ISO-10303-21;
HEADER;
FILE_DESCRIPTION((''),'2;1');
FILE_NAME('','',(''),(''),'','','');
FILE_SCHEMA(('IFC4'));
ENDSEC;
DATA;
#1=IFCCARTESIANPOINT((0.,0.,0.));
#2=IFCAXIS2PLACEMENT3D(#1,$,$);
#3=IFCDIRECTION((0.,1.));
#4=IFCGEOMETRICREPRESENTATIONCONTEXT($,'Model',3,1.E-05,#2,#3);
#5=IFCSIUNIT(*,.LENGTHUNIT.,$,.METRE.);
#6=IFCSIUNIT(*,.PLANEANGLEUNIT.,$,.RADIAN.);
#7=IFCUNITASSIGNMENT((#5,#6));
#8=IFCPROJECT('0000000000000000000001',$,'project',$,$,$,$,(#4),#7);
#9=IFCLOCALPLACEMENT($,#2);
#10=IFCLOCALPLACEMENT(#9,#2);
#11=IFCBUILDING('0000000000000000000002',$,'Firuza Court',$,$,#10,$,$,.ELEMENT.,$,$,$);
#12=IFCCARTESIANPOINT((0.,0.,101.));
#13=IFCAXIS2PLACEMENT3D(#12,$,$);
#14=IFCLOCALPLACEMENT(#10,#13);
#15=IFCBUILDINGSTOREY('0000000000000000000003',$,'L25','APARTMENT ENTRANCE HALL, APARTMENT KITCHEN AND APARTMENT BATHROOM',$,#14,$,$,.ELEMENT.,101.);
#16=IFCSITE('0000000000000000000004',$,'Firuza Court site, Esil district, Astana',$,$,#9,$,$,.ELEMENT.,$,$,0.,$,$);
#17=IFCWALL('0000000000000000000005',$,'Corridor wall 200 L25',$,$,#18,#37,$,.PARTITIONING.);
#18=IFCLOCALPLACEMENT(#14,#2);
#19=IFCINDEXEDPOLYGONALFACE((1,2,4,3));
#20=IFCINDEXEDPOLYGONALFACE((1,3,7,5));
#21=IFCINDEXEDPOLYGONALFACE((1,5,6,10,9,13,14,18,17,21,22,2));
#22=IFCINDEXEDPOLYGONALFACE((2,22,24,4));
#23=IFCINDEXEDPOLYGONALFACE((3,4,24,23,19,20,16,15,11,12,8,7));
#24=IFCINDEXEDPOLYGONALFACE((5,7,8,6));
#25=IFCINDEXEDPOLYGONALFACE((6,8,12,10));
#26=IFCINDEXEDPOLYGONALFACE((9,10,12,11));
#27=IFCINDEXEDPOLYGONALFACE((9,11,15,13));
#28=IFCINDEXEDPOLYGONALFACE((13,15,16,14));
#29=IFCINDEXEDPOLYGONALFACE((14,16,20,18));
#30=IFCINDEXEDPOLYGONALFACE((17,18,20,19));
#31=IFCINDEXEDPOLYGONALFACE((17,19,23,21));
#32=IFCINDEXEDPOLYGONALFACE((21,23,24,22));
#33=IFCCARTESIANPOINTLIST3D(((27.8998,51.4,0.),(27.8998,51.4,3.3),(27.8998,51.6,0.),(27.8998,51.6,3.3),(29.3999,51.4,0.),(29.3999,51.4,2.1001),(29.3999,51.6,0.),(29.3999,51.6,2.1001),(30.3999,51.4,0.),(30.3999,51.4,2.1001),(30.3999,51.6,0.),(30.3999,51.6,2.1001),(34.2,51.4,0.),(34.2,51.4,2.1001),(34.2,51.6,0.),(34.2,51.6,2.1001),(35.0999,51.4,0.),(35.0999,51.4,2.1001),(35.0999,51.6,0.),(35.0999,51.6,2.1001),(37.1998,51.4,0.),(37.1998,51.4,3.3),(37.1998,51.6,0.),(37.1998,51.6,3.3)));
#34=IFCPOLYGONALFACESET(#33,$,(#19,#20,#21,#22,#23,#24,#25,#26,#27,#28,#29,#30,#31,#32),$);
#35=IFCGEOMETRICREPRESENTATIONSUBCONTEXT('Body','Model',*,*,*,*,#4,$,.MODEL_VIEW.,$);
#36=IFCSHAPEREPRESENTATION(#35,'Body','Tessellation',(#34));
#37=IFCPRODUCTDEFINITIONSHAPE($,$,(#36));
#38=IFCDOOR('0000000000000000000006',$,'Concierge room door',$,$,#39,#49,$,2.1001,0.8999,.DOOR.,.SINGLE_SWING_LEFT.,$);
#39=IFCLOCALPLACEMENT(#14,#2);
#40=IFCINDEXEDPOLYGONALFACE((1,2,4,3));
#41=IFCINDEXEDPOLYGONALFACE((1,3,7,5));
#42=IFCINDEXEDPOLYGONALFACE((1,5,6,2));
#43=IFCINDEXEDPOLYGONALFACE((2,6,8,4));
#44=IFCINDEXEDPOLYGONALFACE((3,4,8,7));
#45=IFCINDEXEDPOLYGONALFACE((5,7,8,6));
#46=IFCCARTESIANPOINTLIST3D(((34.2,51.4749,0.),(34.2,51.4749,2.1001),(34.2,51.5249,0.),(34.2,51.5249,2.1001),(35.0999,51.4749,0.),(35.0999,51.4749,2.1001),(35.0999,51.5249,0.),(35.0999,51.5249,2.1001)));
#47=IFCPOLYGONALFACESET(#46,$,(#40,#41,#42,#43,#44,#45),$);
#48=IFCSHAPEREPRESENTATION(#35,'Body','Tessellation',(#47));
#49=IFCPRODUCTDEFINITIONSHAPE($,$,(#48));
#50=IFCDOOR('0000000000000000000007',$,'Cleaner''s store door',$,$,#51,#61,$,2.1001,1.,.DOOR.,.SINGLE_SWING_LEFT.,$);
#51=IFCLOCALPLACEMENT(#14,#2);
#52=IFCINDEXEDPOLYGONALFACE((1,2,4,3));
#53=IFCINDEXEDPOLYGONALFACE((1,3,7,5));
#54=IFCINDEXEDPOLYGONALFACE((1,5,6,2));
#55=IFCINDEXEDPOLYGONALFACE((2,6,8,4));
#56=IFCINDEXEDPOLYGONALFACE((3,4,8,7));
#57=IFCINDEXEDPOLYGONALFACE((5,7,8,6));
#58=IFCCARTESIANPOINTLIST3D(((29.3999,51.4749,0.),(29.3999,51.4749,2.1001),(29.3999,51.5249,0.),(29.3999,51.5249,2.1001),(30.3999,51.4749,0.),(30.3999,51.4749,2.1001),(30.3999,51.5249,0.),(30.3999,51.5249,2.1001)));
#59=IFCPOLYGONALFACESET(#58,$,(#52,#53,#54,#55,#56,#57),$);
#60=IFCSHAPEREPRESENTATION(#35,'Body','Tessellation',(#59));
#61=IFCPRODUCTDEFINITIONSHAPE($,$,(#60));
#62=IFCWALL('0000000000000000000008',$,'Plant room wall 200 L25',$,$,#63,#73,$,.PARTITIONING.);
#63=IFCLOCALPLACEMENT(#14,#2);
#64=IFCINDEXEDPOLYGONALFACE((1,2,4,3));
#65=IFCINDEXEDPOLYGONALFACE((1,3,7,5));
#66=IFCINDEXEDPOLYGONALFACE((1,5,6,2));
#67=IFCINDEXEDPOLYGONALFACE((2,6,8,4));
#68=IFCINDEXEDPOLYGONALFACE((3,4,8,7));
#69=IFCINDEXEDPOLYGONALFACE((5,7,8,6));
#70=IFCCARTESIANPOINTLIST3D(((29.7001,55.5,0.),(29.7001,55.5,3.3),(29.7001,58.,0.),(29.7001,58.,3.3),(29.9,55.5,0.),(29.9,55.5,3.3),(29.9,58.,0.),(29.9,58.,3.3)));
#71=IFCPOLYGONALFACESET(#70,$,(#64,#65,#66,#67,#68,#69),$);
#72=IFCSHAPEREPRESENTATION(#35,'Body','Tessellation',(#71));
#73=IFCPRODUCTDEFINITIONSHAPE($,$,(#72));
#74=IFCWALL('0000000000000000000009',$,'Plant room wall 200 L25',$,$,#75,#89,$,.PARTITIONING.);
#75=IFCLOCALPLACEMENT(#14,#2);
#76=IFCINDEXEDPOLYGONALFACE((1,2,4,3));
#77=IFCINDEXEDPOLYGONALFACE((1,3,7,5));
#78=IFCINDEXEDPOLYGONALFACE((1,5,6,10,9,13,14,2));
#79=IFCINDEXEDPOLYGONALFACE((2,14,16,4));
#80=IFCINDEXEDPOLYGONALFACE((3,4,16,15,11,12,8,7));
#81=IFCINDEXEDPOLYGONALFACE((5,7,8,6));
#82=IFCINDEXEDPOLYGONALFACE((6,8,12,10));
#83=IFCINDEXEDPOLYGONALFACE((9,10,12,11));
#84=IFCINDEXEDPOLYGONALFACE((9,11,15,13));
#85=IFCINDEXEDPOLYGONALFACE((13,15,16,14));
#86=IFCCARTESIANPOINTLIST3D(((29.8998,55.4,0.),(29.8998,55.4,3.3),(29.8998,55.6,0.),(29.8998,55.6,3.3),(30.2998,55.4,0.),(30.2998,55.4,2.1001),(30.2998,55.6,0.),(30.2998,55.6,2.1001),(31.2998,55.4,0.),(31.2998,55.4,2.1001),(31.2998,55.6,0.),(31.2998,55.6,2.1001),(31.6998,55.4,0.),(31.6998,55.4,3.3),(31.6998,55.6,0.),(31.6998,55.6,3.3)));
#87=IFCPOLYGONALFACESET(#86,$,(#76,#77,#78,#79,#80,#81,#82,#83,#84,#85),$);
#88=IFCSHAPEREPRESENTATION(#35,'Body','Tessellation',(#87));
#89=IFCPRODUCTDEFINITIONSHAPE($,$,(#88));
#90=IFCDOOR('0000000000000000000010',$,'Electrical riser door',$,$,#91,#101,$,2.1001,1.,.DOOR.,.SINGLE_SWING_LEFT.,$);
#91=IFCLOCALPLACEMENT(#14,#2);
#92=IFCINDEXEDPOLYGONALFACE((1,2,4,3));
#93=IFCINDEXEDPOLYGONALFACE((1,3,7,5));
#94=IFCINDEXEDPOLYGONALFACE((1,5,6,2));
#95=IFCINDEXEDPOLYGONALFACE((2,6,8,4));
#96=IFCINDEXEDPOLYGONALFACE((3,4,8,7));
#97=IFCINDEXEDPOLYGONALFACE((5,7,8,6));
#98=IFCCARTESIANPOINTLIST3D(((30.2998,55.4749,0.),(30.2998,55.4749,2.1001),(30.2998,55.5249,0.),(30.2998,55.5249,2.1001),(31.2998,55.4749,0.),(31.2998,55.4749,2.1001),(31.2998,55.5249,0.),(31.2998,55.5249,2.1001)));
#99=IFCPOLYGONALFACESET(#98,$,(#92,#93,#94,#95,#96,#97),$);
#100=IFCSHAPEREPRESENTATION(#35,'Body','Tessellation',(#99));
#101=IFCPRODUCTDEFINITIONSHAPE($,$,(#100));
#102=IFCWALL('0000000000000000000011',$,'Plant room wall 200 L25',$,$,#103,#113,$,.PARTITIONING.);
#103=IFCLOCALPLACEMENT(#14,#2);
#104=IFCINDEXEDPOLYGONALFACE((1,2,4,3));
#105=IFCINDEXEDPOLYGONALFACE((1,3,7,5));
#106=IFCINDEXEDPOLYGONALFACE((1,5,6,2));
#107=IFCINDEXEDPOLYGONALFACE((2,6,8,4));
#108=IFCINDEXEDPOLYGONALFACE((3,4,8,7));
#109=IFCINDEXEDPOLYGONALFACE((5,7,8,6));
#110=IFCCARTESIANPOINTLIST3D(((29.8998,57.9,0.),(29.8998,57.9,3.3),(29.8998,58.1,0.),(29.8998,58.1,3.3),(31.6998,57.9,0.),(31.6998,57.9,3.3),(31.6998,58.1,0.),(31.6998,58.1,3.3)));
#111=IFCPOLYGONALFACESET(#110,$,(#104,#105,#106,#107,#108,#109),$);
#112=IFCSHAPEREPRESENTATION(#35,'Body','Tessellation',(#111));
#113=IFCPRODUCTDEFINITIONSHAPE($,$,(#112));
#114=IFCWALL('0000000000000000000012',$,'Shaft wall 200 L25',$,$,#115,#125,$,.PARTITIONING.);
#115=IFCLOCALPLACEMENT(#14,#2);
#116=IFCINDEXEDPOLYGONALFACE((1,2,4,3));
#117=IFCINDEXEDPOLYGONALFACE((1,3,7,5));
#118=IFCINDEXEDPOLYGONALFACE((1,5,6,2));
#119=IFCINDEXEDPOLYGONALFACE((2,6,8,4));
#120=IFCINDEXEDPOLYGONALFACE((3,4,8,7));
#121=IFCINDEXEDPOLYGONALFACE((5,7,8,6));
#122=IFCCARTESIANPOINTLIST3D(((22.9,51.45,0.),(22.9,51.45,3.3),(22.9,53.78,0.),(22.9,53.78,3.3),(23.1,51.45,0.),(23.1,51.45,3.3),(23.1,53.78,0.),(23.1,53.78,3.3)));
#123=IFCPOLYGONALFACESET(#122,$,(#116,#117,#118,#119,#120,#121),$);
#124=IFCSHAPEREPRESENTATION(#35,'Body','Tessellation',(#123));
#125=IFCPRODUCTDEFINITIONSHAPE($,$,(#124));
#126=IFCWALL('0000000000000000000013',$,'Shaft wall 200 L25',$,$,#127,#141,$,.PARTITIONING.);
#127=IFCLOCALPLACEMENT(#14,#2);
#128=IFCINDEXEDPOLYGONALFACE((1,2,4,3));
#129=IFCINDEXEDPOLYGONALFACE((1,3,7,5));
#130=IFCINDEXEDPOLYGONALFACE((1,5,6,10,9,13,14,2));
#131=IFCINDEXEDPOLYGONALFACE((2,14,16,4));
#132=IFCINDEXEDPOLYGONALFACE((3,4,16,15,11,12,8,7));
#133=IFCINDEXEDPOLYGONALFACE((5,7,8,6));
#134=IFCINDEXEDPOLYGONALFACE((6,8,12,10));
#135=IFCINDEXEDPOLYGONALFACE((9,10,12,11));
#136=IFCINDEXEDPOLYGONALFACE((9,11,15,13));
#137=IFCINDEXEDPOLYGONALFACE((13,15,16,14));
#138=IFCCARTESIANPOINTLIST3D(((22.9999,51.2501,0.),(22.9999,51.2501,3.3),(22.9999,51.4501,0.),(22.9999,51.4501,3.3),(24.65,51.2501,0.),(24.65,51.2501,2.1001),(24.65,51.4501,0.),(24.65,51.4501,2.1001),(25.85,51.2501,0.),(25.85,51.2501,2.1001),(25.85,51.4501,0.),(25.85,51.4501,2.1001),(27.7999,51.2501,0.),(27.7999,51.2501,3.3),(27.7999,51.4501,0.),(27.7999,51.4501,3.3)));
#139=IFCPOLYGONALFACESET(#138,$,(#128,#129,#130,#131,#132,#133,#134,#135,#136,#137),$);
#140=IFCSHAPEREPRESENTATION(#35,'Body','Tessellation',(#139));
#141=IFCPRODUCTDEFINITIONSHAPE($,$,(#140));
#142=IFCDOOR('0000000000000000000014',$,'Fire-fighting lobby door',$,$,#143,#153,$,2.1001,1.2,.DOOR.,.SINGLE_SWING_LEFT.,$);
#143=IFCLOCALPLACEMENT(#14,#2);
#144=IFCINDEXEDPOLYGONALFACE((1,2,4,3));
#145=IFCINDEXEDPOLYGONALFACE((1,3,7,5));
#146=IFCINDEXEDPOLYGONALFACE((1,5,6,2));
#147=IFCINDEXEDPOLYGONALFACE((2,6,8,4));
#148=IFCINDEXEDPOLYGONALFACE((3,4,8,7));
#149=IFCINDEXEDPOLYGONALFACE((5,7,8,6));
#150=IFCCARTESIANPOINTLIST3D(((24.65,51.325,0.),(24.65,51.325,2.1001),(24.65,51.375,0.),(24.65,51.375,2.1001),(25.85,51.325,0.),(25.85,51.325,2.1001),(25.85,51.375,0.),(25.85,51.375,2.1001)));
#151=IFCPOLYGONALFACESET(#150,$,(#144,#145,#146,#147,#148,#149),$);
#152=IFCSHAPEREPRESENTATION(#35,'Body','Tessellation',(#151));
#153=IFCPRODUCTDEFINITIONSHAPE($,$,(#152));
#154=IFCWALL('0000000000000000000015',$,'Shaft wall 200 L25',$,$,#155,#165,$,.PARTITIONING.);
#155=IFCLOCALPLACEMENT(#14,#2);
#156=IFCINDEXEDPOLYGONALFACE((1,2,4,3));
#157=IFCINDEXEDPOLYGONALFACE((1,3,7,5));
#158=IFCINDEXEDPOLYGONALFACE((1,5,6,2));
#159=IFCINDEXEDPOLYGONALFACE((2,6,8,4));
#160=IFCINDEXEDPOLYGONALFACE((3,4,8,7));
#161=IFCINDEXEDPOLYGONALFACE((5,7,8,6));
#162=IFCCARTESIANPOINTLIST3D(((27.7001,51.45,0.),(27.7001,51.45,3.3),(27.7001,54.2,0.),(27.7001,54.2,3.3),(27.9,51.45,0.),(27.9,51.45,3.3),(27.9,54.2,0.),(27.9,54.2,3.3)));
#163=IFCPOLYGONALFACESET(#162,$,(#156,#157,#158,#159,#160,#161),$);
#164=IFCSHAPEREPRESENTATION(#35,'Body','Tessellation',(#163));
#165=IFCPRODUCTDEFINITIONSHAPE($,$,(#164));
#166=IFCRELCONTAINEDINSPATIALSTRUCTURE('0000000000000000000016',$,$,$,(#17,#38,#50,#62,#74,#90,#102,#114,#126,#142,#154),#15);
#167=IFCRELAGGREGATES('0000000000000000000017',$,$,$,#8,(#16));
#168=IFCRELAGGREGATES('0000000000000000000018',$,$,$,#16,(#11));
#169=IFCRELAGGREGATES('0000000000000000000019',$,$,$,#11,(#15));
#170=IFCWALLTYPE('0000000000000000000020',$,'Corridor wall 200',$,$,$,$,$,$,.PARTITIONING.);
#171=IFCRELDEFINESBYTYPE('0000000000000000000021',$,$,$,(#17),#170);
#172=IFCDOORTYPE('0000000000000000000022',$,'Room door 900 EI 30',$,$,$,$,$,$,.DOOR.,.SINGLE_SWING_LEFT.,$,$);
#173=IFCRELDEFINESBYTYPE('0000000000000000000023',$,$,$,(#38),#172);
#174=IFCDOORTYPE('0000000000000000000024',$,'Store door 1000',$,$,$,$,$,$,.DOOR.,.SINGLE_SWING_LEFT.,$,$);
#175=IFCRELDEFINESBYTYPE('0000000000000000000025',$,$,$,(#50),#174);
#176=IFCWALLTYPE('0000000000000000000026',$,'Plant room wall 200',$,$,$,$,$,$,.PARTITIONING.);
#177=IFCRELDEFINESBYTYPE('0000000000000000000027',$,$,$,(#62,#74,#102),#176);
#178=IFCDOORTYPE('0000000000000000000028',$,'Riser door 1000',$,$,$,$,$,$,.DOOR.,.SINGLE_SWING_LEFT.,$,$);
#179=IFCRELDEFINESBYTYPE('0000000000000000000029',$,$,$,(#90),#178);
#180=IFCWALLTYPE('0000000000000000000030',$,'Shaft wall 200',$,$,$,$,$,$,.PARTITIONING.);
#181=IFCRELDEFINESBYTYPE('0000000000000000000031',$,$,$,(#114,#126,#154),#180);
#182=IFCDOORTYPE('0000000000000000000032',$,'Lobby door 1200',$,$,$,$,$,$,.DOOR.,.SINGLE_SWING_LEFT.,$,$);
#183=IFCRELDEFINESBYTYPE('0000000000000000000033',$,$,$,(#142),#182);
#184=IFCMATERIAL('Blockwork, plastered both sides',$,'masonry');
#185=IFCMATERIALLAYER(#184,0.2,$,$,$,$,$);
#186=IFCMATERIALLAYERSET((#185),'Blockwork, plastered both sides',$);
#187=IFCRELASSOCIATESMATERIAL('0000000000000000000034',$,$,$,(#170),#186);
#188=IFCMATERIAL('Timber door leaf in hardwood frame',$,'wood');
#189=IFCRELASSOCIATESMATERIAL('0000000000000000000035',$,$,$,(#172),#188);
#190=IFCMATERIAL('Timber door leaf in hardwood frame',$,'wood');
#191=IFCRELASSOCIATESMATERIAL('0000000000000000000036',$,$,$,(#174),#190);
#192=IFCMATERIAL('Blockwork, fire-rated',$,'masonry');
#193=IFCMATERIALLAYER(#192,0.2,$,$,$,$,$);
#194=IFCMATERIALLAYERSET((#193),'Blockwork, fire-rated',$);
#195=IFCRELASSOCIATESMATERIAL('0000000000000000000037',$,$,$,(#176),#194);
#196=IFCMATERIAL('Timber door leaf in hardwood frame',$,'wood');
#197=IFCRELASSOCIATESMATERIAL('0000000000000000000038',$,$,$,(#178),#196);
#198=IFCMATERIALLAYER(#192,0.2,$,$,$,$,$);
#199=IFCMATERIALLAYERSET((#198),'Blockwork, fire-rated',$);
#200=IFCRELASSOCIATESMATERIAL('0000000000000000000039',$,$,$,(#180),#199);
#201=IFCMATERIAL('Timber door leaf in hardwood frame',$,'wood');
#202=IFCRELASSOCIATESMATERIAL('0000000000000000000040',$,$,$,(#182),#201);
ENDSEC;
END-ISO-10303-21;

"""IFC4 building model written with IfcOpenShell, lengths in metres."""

from ifc_helpers import new_model, si_unit, direction, frame, frame_2d, origin, place, context, subcontext, project, spatial, rectangle, extrude, material, layer, layer_set, type_object, element, fill, save


model = new_model("IFC4")

# Units and contexts
model_context = context("Model", 3, precision=1e-05, world=origin(), true_north=direction((0.0, 1.0)))
body_context = subcontext(model_context, "Body", "Model", "MODEL_VIEW")
ifc_project = project(units=[si_unit("LENGTHUNIT", "METRE"), si_unit("PLANEANGLEUNIT", "RADIAN")], contexts=[model_context])

# Site, building, storey
site_placement = place(None, origin())
site = spatial("IfcSite", under=ifc_project, at=site_placement, Name="Firuza Court site, Esil district, Astana", CompositionType="ELEMENT", RefElevation=0.0)
building_placement = place(site_placement, origin())
building = spatial("IfcBuilding", under=site, at=building_placement, Name="Firuza Court", CompositionType="ELEMENT")
storey_placement = place(building_placement, frame((0.0, 0.0, 101.0)))
storey = spatial("IfcBuildingStorey", under=building, at=storey_placement, Name="L25", Description="APARTMENT ENTRANCE HALL, APARTMENT KITCHEN AND APARTMENT BATHROOM", CompositionType="ELEMENT", Elevation=101.0)

# Wall, openings, doors
ifc_material_1 = material(Name="Blockwork, plastered both sides", Category="masonry")
ifc_layer_1 = layer(ifc_material_1, 0.2)
ifc_layer_set_1 = layer_set([ifc_layer_1], Name="Blockwork, plastered both sides")
wall_type_1 = type_object("IfcWallType", Name="Corridor wall 200", PredefinedType="PARTITIONING", material=ifc_layer_set_1)
wall_1_placement = place(storey_placement, frame((27.8999, 51.5, 0.0), z_axis=(0.0, 0.0, 1.0), x_axis=(1.0, 0.0, 0.0)))
wall_1 = element("IfcWall", 1, at=wall_1_placement, inside=storey, type_object=wall_type_1, Name="Corridor wall 200 L25", PredefinedType="PARTITIONING", context=body_context, shape_type="SweptSolid", body=[
    extrude(rectangle(XDim=9.3, YDim=0.2, at=frame_2d((4.6499, 0.0))), origin(), (0.0, 0.0, 1.0), 3.3),
])
opening_1_placement = place(wall_1_placement, frame((1.5, 0.0, 0.0)))
opening_1 = element("IfcOpeningElement", 2, at=opening_1_placement, cuts=wall_1, PredefinedType="OPENING", context=body_context, shape_type="SweptSolid", body=[
    extrude(rectangle(XDim=1.0, YDim=2.1001, at=frame_2d((0.5, 1.05))), frame((0.0, 0.1118, 0.0), z_axis=(0.0, -1.0, 0.0), x_axis=(1.0, 0.0, 0.0)), (0.0, 0.0, 1.0), 0.2239),
])
opening_2_placement = place(wall_1_placement, frame((6.3, 0.0, 0.0)))
opening_2 = element("IfcOpeningElement", 3, at=opening_2_placement, cuts=wall_1, PredefinedType="OPENING", context=body_context, shape_type="SweptSolid", body=[
    extrude(rectangle(XDim=0.8999, YDim=2.1001, at=frame_2d((0.45, 1.05))), frame((0.0, 0.1118, 0.0), z_axis=(0.0, -1.0, 0.0), x_axis=(1.0, 0.0, 0.0)), (0.0, 0.0, 1.0), 0.2239),
])
ifc_material_2 = material(Name="Timber door leaf in hardwood frame", Category="wood")
door_type_1 = type_object("IfcDoorType", Name="Room door 900 EI 30", OperationType="SINGLE_SWING_LEFT", PredefinedType="DOOR", material=ifc_material_2)
door_1_placement = place(opening_2_placement, origin())
door_1 = element("IfcDoor", 4, at=door_1_placement, inside=storey, type_object=door_type_1, Name="Concierge room door", OperationType="SINGLE_SWING_LEFT", OverallHeight=2.1001, OverallWidth=0.8999, PredefinedType="DOOR", context=body_context, shape_type="SweptSolid", body=[
    extrude(rectangle(XDim=0.8999, YDim=2.1001, at=frame_2d((0.45, 1.05))), frame((0.0, 0.0249, 0.0), z_axis=(0.0, -1.0, 0.0), x_axis=(1.0, 0.0, 0.0)), (0.0, 0.0, 1.0), 0.05),
])
fill(opening_2, door_1)
ifc_material_3 = material(Name="Timber door leaf in hardwood frame", Category="wood")
door_type_2 = type_object("IfcDoorType", Name="Store door 1000", OperationType="SINGLE_SWING_LEFT", PredefinedType="DOOR", material=ifc_material_3)
door_2_placement = place(opening_1_placement, origin())
door_2 = element("IfcDoor", 5, at=door_2_placement, inside=storey, type_object=door_type_2, Name="Cleaner's store door", OperationType="SINGLE_SWING_LEFT", OverallHeight=2.1001, OverallWidth=1.0, PredefinedType="DOOR", context=body_context, shape_type="SweptSolid", body=[
    extrude(rectangle(XDim=1.0, YDim=2.1001, at=frame_2d((0.5, 1.05))), frame((0.0, 0.0249, 0.0), z_axis=(0.0, -1.0, 0.0), x_axis=(1.0, 0.0, 0.0)), (0.0, 0.0, 1.0), 0.05),
])
fill(opening_1, door_2)

# Wall
ifc_material_4 = material(Name="Blockwork, fire-rated", Category="masonry")
ifc_layer_2 = layer(ifc_material_4, 0.2)
ifc_layer_set_2 = layer_set([ifc_layer_2], Name="Blockwork, fire-rated")
wall_type_2 = type_object("IfcWallType", Name="Plant room wall 200", PredefinedType="PARTITIONING", material=ifc_layer_set_2)
wall_2_placement = place(storey_placement, frame((29.8, 55.5, 0.0), z_axis=(0.0, 0.0, 1.0), x_axis=(0.0, 1.0, 0.0)))
element("IfcWall", 6, at=wall_2_placement, inside=storey, type_object=wall_type_2, Name="Plant room wall 200 L25", PredefinedType="PARTITIONING", context=body_context, shape_type="SweptSolid", body=[
    extrude(rectangle(XDim=2.5, YDim=0.2, at=frame_2d((1.25, 0.0))), origin(), (0.0, 0.0, 1.0), 3.3),
])

# Wall, opening, door
wall_3_placement = place(storey_placement, frame((29.8999, 55.5, 0.0), z_axis=(0.0, 0.0, 1.0), x_axis=(1.0, 0.0, 0.0)))
wall_3 = element("IfcWall", 7, at=wall_3_placement, inside=storey, type_object=wall_type_2, Name="Plant room wall 200 L25", PredefinedType="PARTITIONING", context=body_context, shape_type="SweptSolid", body=[
    extrude(rectangle(XDim=1.8, YDim=0.2, at=frame_2d((0.8999, 0.0))), origin(), (0.0, 0.0, 1.0), 3.3),
])
opening_3_placement = place(wall_3_placement, frame((0.3999, 0.0, 0.0)))
opening_3 = element("IfcOpeningElement", 8, at=opening_3_placement, cuts=wall_3, PredefinedType="OPENING", context=body_context, shape_type="SweptSolid", body=[
    extrude(rectangle(XDim=1.0, YDim=2.1001, at=frame_2d((0.5, 1.05))), frame((0.0, 0.1118, 0.0), z_axis=(0.0, -1.0, 0.0), x_axis=(1.0, 0.0, 0.0)), (0.0, 0.0, 1.0), 0.2239),
])
ifc_material_5 = material(Name="Timber door leaf in hardwood frame", Category="wood")
door_type_3 = type_object("IfcDoorType", Name="Riser door 1000", OperationType="SINGLE_SWING_LEFT", PredefinedType="DOOR", material=ifc_material_5)
door_3_placement = place(opening_3_placement, origin())
door_3 = element("IfcDoor", 9, at=door_3_placement, inside=storey, type_object=door_type_3, Name="Electrical riser door", OperationType="SINGLE_SWING_LEFT", OverallHeight=2.1001, OverallWidth=1.0, PredefinedType="DOOR", context=body_context, shape_type="SweptSolid", body=[
    extrude(rectangle(XDim=1.0, YDim=2.1001, at=frame_2d((0.5, 1.05))), frame((0.0, 0.0249, 0.0), z_axis=(0.0, -1.0, 0.0), x_axis=(1.0, 0.0, 0.0)), (0.0, 0.0, 1.0), 0.05),
])
fill(opening_3, door_3)

# Walls
wall_4_placement = place(storey_placement, frame((29.8999, 58.0, 0.0), z_axis=(0.0, 0.0, 1.0), x_axis=(1.0, 0.0, 0.0)))
element("IfcWall", 10, at=wall_4_placement, inside=storey, type_object=wall_type_2, Name="Plant room wall 200 L25", PredefinedType="PARTITIONING", context=body_context, shape_type="SweptSolid", body=[
    extrude(rectangle(XDim=1.8, YDim=0.2, at=frame_2d((0.8999, 0.0))), origin(), (0.0, 0.0, 1.0), 3.3),
])
ifc_layer_3 = layer(ifc_material_4, 0.2)
ifc_layer_set_3 = layer_set([ifc_layer_3], Name="Blockwork, fire-rated")
wall_type_3 = type_object("IfcWallType", Name="Shaft wall 200", PredefinedType="PARTITIONING", material=ifc_layer_set_3)
wall_5_placement = place(storey_placement, frame((23.0, 51.45, 0.0), z_axis=(0.0, 0.0, 1.0), x_axis=(0.0, 1.0, 0.0)))
element("IfcWall", 11, at=wall_5_placement, inside=storey, type_object=wall_type_3, Name="Shaft wall 200 L25", PredefinedType="PARTITIONING", context=body_context, shape_type="SweptSolid", body=[
    extrude(rectangle(XDim=2.3301, YDim=0.2, at=frame_2d((1.165, 0.0))), origin(), (0.0, 0.0, 1.0), 3.3),
])

# Wall, opening, door
wall_6_placement = place(storey_placement, frame((23.0, 51.3501, 0.0), z_axis=(0.0, 0.0, 1.0), x_axis=(1.0, 0.0, 0.0)))
wall_6 = element("IfcWall", 12, at=wall_6_placement, inside=storey, type_object=wall_type_3, Name="Shaft wall 200 L25", PredefinedType="PARTITIONING", context=body_context, shape_type="SweptSolid", body=[
    extrude(rectangle(XDim=4.8, YDim=0.2, at=frame_2d((2.3999, 0.0))), origin(), (0.0, 0.0, 1.0), 3.3),
])
opening_4_placement = place(wall_6_placement, frame((1.6499, 0.0, 0.0)))
opening_4 = element("IfcOpeningElement", 13, at=opening_4_placement, cuts=wall_6, PredefinedType="OPENING", context=body_context, shape_type="SweptSolid", body=[
    extrude(rectangle(XDim=1.2, YDim=2.1001, at=frame_2d((0.6001, 1.05))), frame((0.0, 0.1118, 0.0), z_axis=(0.0, -1.0, 0.0), x_axis=(1.0, 0.0, 0.0)), (0.0, 0.0, 1.0), 0.2239),
])
ifc_material_6 = material(Name="Timber door leaf in hardwood frame", Category="wood")
door_type_4 = type_object("IfcDoorType", Name="Lobby door 1200", OperationType="SINGLE_SWING_LEFT", PredefinedType="DOOR", material=ifc_material_6)
door_4_placement = place(opening_4_placement, origin())
door_4 = element("IfcDoor", 14, at=door_4_placement, inside=storey, type_object=door_type_4, Name="Fire-fighting lobby door", OperationType="SINGLE_SWING_LEFT", OverallHeight=2.1001, OverallWidth=1.2, PredefinedType="DOOR", context=body_context, shape_type="SweptSolid", body=[
    extrude(rectangle(XDim=1.2, YDim=2.1001, at=frame_2d((0.6001, 1.05))), frame((0.0, 0.0249, 0.0), z_axis=(0.0, -1.0, 0.0), x_axis=(1.0, 0.0, 0.0)), (0.0, 0.0, 1.0), 0.05),
])
fill(opening_4, door_4)

# Wall
wall_7_placement = place(storey_placement, frame((27.8, 51.45, 0.0), z_axis=(0.0, 0.0, 1.0), x_axis=(0.0, 1.0, 0.0)))
element("IfcWall", 15, at=wall_7_placement, inside=storey, type_object=wall_type_3, Name="Shaft wall 200 L25", PredefinedType="PARTITIONING", context=body_context, shape_type="SweptSolid", body=[
    extrude(rectangle(XDim=2.75, YDim=0.2, at=frame_2d((1.375, 0.0))), origin(), (0.0, 0.0, 1.0), 3.3),
])

save(model, "model.ifc")
